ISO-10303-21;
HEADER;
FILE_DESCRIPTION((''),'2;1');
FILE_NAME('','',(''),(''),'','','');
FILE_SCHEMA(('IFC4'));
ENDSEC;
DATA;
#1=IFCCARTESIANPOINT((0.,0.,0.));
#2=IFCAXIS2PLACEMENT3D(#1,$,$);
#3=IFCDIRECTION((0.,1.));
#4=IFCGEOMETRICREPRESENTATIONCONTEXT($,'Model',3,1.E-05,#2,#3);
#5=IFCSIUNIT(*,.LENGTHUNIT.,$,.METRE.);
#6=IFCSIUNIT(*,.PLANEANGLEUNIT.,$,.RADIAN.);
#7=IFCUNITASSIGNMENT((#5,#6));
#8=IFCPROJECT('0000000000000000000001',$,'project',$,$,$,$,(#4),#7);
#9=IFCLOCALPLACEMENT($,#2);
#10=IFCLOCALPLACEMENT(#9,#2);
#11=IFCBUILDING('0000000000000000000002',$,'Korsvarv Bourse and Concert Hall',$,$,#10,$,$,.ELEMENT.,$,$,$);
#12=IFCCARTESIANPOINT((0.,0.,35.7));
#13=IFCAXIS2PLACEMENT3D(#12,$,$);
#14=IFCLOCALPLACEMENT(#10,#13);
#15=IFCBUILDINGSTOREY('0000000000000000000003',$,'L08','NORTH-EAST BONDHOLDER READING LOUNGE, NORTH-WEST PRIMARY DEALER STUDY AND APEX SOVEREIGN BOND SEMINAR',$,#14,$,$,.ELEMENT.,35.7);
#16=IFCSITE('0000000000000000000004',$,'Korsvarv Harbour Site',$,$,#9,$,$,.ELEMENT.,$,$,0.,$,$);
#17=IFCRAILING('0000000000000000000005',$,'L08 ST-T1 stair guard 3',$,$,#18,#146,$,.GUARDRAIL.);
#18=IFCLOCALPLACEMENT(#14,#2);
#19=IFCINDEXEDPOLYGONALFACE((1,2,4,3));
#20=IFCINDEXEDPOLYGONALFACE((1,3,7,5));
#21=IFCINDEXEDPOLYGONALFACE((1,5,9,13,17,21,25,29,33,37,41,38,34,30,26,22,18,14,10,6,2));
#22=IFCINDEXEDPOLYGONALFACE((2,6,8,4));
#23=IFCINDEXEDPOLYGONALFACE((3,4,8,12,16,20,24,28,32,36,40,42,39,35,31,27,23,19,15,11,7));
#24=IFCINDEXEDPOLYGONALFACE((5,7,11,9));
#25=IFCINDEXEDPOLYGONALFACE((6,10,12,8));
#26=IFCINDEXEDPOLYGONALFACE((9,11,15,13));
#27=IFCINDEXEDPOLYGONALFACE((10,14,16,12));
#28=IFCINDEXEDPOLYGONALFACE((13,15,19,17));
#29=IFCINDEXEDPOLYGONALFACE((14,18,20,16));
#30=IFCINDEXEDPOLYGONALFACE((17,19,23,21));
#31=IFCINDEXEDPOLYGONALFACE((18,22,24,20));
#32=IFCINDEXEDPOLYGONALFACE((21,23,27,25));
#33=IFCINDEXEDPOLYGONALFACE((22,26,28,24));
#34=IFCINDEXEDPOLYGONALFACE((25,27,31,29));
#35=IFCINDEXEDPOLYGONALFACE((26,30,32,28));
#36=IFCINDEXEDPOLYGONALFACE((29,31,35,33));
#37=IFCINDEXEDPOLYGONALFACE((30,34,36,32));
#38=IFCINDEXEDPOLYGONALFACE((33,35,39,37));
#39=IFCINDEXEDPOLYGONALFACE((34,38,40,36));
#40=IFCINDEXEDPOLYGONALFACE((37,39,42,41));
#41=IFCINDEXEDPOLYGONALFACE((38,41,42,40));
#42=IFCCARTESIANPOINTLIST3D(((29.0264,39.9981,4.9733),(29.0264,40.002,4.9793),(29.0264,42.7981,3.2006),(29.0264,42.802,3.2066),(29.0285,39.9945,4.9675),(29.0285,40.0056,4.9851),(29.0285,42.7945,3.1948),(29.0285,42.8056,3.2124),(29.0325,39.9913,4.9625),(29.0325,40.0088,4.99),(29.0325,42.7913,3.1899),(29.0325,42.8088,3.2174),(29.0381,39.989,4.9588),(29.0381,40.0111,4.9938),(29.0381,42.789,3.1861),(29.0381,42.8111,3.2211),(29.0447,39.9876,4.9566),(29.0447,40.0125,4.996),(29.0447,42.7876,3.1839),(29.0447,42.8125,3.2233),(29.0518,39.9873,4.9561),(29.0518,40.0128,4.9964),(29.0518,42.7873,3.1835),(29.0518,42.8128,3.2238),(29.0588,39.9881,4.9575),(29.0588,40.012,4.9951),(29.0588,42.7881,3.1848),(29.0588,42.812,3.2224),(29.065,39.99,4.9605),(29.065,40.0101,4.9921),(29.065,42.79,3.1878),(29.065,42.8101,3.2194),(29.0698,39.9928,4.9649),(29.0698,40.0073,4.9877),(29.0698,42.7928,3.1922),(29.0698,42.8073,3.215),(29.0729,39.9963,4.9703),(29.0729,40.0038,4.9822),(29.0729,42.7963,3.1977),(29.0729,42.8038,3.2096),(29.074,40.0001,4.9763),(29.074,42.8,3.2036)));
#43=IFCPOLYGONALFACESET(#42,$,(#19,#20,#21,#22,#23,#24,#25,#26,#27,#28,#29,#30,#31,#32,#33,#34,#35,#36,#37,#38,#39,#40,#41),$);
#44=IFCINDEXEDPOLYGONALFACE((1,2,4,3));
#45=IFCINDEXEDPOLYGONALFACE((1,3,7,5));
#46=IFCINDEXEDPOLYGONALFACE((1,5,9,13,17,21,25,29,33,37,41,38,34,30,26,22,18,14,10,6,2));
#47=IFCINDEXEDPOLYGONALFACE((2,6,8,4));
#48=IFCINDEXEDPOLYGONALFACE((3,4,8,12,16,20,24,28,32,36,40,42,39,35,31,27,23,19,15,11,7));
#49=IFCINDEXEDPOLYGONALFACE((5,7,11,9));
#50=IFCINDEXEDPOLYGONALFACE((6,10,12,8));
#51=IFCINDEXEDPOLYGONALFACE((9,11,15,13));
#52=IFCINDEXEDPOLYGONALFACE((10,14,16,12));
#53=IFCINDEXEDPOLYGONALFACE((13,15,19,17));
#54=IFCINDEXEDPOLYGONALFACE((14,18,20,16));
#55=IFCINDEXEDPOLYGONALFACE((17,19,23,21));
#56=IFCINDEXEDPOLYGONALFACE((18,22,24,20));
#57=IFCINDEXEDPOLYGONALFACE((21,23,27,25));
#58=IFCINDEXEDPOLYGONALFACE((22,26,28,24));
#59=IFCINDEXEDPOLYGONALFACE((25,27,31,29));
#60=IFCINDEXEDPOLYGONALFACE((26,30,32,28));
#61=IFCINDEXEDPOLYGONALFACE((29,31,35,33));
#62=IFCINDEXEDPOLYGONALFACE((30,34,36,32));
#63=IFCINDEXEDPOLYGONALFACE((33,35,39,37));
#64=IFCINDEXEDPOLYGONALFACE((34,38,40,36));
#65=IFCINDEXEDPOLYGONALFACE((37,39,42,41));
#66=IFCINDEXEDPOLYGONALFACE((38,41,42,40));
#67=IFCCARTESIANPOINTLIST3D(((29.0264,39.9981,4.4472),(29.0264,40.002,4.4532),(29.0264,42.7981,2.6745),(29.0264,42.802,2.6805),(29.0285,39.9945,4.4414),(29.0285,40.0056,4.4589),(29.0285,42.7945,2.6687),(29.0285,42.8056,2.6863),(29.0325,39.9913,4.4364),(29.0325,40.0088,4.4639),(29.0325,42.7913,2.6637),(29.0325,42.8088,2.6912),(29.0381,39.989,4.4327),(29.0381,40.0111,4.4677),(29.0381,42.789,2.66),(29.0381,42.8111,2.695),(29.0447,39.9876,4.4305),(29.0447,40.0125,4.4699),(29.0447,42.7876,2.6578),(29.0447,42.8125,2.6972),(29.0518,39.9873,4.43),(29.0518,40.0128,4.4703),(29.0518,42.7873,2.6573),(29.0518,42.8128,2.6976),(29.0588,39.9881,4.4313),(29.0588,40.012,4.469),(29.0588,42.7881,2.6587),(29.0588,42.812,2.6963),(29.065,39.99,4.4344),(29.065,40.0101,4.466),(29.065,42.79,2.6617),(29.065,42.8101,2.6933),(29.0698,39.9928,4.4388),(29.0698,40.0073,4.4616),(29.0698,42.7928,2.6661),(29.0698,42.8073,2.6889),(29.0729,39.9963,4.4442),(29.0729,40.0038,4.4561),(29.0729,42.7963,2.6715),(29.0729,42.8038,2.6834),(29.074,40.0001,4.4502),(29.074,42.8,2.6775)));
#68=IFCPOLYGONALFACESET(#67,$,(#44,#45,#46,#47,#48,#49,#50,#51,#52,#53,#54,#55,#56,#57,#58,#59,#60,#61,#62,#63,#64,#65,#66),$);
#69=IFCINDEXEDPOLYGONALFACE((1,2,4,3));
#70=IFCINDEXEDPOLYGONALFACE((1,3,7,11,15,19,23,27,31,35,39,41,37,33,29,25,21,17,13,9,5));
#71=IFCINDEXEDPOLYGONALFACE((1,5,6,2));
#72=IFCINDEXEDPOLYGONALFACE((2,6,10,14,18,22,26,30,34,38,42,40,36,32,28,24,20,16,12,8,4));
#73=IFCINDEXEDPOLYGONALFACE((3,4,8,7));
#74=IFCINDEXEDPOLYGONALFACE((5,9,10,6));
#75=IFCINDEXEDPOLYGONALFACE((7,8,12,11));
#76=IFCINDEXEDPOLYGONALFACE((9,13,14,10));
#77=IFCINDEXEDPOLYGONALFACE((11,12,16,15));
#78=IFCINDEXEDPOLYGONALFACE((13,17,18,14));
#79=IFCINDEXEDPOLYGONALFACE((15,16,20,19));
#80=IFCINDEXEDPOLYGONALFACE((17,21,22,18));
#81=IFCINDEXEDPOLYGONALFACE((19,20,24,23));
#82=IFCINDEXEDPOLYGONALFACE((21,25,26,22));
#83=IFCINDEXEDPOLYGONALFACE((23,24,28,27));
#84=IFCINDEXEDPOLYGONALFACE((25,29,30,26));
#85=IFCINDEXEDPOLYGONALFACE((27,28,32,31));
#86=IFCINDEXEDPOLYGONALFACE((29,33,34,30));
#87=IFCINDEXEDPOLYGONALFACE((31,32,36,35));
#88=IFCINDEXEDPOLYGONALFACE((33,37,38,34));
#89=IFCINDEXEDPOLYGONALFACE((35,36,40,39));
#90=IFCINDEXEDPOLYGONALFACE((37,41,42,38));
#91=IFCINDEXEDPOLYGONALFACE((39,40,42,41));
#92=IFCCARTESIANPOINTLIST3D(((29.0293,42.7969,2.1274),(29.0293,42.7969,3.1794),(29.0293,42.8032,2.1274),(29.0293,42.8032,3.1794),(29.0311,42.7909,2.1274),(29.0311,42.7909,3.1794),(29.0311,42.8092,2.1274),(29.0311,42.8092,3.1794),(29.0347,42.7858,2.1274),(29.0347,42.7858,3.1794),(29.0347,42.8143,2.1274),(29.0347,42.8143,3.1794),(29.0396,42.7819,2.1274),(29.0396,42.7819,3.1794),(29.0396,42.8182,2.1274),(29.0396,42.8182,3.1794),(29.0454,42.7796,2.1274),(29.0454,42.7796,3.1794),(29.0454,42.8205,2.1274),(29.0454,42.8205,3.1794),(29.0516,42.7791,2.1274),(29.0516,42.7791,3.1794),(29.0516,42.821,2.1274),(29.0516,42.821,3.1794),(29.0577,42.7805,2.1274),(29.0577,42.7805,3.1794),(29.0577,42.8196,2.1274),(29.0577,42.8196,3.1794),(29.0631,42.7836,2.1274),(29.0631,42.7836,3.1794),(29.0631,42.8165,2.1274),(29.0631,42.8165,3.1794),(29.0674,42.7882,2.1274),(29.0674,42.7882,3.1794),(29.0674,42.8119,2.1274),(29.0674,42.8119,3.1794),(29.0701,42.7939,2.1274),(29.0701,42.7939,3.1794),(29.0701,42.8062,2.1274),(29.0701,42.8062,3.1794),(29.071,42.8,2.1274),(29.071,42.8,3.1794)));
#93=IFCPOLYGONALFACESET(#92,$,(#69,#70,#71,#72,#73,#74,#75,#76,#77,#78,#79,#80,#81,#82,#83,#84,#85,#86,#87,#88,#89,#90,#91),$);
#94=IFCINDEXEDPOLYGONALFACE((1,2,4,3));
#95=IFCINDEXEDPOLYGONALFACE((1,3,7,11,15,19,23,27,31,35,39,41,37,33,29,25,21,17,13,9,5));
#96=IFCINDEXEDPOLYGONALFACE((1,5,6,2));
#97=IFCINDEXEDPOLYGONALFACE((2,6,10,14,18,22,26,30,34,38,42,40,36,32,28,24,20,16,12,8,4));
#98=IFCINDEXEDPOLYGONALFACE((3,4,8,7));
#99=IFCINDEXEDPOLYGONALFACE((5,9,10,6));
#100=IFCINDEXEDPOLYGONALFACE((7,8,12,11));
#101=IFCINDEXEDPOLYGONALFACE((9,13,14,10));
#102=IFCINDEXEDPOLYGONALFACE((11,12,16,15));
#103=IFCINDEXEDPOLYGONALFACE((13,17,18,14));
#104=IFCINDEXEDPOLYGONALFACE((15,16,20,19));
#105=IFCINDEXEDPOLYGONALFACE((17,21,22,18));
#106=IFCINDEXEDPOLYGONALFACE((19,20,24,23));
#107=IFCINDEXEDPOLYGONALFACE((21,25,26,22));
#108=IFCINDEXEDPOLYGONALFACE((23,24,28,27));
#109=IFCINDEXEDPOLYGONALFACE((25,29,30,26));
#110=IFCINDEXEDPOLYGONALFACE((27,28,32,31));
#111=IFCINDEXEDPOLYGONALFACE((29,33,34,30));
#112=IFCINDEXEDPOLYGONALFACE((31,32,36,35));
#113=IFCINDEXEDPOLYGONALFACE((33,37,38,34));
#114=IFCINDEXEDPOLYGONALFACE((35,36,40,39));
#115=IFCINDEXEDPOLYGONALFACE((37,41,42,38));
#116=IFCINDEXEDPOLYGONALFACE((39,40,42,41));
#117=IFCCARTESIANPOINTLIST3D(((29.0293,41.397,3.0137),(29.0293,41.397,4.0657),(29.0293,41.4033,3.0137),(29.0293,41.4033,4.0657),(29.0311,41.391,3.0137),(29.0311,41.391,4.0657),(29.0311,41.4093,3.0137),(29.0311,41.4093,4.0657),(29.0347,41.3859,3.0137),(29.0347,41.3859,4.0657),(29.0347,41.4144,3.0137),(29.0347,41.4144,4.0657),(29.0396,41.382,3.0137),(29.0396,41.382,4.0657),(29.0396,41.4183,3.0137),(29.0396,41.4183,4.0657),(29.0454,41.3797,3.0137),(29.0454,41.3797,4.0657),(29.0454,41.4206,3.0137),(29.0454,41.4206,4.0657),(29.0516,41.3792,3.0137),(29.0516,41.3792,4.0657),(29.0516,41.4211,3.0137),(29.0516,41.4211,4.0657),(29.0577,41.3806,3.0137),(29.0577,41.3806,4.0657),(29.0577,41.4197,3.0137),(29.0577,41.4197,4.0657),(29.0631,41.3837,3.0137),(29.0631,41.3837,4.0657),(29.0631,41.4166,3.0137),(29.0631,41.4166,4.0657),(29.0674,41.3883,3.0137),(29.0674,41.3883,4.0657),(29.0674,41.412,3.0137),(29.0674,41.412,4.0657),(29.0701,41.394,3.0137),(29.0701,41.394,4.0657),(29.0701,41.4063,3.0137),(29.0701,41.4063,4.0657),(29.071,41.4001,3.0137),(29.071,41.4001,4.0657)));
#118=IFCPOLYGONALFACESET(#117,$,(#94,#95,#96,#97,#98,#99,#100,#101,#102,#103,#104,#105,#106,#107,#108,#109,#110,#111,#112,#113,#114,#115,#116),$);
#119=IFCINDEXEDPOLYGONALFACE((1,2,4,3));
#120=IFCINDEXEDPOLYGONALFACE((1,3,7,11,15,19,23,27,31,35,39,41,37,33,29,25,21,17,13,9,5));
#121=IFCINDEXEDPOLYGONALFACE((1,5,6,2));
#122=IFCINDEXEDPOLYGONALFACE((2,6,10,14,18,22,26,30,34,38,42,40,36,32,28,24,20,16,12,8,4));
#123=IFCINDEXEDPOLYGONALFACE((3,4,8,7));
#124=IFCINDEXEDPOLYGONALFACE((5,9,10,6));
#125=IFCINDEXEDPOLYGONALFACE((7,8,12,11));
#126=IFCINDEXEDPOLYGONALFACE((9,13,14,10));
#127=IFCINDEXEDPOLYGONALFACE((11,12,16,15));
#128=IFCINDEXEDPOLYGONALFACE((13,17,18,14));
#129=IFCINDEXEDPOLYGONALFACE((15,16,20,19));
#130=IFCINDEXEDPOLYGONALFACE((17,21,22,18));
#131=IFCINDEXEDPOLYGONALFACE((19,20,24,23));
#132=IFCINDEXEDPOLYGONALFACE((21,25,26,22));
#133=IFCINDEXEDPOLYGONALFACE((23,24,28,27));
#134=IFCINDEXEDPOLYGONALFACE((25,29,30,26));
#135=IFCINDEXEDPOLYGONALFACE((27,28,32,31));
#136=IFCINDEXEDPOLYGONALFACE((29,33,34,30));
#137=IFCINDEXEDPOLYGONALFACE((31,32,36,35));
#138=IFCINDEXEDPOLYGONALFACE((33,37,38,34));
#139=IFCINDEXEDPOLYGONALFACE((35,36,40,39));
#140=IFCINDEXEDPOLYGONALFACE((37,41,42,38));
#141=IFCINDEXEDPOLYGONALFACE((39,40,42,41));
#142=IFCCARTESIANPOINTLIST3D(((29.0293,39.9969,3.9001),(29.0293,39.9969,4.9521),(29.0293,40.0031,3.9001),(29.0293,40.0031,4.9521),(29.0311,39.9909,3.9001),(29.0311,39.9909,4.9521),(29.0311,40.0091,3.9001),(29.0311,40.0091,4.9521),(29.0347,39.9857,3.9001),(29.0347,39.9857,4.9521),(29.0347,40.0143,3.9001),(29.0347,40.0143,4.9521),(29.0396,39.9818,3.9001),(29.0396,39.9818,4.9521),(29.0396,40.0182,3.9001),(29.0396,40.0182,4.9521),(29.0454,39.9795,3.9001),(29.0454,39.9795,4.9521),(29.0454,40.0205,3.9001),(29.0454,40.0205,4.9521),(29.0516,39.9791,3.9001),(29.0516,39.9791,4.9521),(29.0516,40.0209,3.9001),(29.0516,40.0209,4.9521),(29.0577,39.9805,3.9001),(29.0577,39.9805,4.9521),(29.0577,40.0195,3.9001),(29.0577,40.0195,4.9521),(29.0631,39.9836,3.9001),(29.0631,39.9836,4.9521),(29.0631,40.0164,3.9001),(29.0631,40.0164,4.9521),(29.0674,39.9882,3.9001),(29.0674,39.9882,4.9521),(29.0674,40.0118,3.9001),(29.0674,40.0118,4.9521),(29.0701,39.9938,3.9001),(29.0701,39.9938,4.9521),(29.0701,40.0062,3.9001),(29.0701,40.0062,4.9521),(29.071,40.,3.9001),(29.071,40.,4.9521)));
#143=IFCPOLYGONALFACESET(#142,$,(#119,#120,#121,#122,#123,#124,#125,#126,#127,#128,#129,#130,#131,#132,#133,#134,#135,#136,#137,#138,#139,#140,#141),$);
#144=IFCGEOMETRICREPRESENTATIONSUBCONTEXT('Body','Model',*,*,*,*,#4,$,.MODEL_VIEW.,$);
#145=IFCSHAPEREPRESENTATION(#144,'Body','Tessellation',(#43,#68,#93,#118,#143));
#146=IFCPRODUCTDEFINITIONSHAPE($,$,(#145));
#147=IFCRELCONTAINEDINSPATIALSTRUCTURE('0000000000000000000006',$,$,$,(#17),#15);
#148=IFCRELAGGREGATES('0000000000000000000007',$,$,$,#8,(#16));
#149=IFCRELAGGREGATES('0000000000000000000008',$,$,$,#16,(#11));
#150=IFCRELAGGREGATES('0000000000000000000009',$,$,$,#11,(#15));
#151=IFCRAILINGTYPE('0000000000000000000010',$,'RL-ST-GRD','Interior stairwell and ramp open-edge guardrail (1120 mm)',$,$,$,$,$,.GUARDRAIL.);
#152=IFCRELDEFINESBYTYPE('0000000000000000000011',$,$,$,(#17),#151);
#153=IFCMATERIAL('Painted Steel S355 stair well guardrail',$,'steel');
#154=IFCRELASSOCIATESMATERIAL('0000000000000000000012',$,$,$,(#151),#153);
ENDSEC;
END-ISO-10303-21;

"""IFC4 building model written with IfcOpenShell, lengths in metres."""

from ifc_helpers import new_model, si_unit, direction, frame, origin, origin_2d, place, context, subcontext, project, spatial, circle, extrude, material, type_object, element, save


model = new_model("IFC4")

# Units and contexts
model_context = context("Model", 3, precision=1e-05, world=origin(), true_north=direction((0.0, 1.0)))
body_context = subcontext(model_context, "Body", "Model", "MODEL_VIEW")
ifc_project = project(units=[si_unit("LENGTHUNIT", "METRE"), si_unit("PLANEANGLEUNIT", "RADIAN")], contexts=[model_context])

# Site, building, storey
site_placement = place(None, origin())
site = spatial("IfcSite", under=ifc_project, at=site_placement, Name="Korsvarv Harbour Site", CompositionType="ELEMENT", RefElevation=0.0)
building_placement = place(site_placement, origin())
building = spatial("IfcBuilding", under=site, at=building_placement, Name="Korsvarv Bourse and Concert Hall", CompositionType="ELEMENT")
storey_placement = place(building_placement, frame((0.0, 0.0, 35.7)))
storey = spatial("IfcBuildingStorey", under=building, at=storey_placement, Name="L08", Description="NORTH-EAST BONDHOLDER READING LOUNGE, NORTH-WEST PRIMARY DEALER STUDY AND APEX SOVEREIGN BOND SEMINAR", CompositionType="ELEMENT", Elevation=35.7)

# Railing
ifc_material_1 = material(Name="Painted Steel S355 stair well guardrail", Category="steel")
railing_type_1 = type_object("IfcRailingType", Name="RL-ST-GRD", Description="Interior stairwell and ramp open-edge guardrail (1120 mm)", PredefinedType="GUARDRAIL", material=ifc_material_1)
railing_1_placement = place(storey_placement, frame((29.05, 42.8, 2.1274)))
element("IfcRailing", 1, at=railing_1_placement, inside=storey, type_object=railing_type_1, Name="L08 ST-T1 stair guard 3", PredefinedType="GUARDRAIL", context=body_context, shape_type="SweptSolid", body=[
    extrude(circle(Radius=0.0239, at=origin_2d()), frame((0.0, 0.0, 1.0762), z_axis=(0.0, -0.844909, 0.53491), x_axis=(1.0, 0.0, 0.0)), (0.0, 0.0, 1.0), 3.314),
    extrude(circle(Radius=0.0239, at=origin_2d()), frame((0.0, 0.0, 0.55), z_axis=(0.0, -0.844909, 0.53491), x_axis=(1.0, 0.0, 0.0)), (0.0, 0.0, 1.0), 3.314),
    extrude(circle(Radius=0.021, at=origin_2d()), origin(), (0.0, 0.0, 1.0), 1.052),
    extrude(circle(Radius=0.021, at=origin_2d()), frame((0.0, -1.3999, 0.8862)), (0.0, 0.0, 1.0), 1.052),
    extrude(circle(Radius=0.021, at=origin_2d()), frame((0.0, -2.8, 1.7727)), (0.0, 0.0, 1.0), 1.052),
])

save(model, "model.ifc")
